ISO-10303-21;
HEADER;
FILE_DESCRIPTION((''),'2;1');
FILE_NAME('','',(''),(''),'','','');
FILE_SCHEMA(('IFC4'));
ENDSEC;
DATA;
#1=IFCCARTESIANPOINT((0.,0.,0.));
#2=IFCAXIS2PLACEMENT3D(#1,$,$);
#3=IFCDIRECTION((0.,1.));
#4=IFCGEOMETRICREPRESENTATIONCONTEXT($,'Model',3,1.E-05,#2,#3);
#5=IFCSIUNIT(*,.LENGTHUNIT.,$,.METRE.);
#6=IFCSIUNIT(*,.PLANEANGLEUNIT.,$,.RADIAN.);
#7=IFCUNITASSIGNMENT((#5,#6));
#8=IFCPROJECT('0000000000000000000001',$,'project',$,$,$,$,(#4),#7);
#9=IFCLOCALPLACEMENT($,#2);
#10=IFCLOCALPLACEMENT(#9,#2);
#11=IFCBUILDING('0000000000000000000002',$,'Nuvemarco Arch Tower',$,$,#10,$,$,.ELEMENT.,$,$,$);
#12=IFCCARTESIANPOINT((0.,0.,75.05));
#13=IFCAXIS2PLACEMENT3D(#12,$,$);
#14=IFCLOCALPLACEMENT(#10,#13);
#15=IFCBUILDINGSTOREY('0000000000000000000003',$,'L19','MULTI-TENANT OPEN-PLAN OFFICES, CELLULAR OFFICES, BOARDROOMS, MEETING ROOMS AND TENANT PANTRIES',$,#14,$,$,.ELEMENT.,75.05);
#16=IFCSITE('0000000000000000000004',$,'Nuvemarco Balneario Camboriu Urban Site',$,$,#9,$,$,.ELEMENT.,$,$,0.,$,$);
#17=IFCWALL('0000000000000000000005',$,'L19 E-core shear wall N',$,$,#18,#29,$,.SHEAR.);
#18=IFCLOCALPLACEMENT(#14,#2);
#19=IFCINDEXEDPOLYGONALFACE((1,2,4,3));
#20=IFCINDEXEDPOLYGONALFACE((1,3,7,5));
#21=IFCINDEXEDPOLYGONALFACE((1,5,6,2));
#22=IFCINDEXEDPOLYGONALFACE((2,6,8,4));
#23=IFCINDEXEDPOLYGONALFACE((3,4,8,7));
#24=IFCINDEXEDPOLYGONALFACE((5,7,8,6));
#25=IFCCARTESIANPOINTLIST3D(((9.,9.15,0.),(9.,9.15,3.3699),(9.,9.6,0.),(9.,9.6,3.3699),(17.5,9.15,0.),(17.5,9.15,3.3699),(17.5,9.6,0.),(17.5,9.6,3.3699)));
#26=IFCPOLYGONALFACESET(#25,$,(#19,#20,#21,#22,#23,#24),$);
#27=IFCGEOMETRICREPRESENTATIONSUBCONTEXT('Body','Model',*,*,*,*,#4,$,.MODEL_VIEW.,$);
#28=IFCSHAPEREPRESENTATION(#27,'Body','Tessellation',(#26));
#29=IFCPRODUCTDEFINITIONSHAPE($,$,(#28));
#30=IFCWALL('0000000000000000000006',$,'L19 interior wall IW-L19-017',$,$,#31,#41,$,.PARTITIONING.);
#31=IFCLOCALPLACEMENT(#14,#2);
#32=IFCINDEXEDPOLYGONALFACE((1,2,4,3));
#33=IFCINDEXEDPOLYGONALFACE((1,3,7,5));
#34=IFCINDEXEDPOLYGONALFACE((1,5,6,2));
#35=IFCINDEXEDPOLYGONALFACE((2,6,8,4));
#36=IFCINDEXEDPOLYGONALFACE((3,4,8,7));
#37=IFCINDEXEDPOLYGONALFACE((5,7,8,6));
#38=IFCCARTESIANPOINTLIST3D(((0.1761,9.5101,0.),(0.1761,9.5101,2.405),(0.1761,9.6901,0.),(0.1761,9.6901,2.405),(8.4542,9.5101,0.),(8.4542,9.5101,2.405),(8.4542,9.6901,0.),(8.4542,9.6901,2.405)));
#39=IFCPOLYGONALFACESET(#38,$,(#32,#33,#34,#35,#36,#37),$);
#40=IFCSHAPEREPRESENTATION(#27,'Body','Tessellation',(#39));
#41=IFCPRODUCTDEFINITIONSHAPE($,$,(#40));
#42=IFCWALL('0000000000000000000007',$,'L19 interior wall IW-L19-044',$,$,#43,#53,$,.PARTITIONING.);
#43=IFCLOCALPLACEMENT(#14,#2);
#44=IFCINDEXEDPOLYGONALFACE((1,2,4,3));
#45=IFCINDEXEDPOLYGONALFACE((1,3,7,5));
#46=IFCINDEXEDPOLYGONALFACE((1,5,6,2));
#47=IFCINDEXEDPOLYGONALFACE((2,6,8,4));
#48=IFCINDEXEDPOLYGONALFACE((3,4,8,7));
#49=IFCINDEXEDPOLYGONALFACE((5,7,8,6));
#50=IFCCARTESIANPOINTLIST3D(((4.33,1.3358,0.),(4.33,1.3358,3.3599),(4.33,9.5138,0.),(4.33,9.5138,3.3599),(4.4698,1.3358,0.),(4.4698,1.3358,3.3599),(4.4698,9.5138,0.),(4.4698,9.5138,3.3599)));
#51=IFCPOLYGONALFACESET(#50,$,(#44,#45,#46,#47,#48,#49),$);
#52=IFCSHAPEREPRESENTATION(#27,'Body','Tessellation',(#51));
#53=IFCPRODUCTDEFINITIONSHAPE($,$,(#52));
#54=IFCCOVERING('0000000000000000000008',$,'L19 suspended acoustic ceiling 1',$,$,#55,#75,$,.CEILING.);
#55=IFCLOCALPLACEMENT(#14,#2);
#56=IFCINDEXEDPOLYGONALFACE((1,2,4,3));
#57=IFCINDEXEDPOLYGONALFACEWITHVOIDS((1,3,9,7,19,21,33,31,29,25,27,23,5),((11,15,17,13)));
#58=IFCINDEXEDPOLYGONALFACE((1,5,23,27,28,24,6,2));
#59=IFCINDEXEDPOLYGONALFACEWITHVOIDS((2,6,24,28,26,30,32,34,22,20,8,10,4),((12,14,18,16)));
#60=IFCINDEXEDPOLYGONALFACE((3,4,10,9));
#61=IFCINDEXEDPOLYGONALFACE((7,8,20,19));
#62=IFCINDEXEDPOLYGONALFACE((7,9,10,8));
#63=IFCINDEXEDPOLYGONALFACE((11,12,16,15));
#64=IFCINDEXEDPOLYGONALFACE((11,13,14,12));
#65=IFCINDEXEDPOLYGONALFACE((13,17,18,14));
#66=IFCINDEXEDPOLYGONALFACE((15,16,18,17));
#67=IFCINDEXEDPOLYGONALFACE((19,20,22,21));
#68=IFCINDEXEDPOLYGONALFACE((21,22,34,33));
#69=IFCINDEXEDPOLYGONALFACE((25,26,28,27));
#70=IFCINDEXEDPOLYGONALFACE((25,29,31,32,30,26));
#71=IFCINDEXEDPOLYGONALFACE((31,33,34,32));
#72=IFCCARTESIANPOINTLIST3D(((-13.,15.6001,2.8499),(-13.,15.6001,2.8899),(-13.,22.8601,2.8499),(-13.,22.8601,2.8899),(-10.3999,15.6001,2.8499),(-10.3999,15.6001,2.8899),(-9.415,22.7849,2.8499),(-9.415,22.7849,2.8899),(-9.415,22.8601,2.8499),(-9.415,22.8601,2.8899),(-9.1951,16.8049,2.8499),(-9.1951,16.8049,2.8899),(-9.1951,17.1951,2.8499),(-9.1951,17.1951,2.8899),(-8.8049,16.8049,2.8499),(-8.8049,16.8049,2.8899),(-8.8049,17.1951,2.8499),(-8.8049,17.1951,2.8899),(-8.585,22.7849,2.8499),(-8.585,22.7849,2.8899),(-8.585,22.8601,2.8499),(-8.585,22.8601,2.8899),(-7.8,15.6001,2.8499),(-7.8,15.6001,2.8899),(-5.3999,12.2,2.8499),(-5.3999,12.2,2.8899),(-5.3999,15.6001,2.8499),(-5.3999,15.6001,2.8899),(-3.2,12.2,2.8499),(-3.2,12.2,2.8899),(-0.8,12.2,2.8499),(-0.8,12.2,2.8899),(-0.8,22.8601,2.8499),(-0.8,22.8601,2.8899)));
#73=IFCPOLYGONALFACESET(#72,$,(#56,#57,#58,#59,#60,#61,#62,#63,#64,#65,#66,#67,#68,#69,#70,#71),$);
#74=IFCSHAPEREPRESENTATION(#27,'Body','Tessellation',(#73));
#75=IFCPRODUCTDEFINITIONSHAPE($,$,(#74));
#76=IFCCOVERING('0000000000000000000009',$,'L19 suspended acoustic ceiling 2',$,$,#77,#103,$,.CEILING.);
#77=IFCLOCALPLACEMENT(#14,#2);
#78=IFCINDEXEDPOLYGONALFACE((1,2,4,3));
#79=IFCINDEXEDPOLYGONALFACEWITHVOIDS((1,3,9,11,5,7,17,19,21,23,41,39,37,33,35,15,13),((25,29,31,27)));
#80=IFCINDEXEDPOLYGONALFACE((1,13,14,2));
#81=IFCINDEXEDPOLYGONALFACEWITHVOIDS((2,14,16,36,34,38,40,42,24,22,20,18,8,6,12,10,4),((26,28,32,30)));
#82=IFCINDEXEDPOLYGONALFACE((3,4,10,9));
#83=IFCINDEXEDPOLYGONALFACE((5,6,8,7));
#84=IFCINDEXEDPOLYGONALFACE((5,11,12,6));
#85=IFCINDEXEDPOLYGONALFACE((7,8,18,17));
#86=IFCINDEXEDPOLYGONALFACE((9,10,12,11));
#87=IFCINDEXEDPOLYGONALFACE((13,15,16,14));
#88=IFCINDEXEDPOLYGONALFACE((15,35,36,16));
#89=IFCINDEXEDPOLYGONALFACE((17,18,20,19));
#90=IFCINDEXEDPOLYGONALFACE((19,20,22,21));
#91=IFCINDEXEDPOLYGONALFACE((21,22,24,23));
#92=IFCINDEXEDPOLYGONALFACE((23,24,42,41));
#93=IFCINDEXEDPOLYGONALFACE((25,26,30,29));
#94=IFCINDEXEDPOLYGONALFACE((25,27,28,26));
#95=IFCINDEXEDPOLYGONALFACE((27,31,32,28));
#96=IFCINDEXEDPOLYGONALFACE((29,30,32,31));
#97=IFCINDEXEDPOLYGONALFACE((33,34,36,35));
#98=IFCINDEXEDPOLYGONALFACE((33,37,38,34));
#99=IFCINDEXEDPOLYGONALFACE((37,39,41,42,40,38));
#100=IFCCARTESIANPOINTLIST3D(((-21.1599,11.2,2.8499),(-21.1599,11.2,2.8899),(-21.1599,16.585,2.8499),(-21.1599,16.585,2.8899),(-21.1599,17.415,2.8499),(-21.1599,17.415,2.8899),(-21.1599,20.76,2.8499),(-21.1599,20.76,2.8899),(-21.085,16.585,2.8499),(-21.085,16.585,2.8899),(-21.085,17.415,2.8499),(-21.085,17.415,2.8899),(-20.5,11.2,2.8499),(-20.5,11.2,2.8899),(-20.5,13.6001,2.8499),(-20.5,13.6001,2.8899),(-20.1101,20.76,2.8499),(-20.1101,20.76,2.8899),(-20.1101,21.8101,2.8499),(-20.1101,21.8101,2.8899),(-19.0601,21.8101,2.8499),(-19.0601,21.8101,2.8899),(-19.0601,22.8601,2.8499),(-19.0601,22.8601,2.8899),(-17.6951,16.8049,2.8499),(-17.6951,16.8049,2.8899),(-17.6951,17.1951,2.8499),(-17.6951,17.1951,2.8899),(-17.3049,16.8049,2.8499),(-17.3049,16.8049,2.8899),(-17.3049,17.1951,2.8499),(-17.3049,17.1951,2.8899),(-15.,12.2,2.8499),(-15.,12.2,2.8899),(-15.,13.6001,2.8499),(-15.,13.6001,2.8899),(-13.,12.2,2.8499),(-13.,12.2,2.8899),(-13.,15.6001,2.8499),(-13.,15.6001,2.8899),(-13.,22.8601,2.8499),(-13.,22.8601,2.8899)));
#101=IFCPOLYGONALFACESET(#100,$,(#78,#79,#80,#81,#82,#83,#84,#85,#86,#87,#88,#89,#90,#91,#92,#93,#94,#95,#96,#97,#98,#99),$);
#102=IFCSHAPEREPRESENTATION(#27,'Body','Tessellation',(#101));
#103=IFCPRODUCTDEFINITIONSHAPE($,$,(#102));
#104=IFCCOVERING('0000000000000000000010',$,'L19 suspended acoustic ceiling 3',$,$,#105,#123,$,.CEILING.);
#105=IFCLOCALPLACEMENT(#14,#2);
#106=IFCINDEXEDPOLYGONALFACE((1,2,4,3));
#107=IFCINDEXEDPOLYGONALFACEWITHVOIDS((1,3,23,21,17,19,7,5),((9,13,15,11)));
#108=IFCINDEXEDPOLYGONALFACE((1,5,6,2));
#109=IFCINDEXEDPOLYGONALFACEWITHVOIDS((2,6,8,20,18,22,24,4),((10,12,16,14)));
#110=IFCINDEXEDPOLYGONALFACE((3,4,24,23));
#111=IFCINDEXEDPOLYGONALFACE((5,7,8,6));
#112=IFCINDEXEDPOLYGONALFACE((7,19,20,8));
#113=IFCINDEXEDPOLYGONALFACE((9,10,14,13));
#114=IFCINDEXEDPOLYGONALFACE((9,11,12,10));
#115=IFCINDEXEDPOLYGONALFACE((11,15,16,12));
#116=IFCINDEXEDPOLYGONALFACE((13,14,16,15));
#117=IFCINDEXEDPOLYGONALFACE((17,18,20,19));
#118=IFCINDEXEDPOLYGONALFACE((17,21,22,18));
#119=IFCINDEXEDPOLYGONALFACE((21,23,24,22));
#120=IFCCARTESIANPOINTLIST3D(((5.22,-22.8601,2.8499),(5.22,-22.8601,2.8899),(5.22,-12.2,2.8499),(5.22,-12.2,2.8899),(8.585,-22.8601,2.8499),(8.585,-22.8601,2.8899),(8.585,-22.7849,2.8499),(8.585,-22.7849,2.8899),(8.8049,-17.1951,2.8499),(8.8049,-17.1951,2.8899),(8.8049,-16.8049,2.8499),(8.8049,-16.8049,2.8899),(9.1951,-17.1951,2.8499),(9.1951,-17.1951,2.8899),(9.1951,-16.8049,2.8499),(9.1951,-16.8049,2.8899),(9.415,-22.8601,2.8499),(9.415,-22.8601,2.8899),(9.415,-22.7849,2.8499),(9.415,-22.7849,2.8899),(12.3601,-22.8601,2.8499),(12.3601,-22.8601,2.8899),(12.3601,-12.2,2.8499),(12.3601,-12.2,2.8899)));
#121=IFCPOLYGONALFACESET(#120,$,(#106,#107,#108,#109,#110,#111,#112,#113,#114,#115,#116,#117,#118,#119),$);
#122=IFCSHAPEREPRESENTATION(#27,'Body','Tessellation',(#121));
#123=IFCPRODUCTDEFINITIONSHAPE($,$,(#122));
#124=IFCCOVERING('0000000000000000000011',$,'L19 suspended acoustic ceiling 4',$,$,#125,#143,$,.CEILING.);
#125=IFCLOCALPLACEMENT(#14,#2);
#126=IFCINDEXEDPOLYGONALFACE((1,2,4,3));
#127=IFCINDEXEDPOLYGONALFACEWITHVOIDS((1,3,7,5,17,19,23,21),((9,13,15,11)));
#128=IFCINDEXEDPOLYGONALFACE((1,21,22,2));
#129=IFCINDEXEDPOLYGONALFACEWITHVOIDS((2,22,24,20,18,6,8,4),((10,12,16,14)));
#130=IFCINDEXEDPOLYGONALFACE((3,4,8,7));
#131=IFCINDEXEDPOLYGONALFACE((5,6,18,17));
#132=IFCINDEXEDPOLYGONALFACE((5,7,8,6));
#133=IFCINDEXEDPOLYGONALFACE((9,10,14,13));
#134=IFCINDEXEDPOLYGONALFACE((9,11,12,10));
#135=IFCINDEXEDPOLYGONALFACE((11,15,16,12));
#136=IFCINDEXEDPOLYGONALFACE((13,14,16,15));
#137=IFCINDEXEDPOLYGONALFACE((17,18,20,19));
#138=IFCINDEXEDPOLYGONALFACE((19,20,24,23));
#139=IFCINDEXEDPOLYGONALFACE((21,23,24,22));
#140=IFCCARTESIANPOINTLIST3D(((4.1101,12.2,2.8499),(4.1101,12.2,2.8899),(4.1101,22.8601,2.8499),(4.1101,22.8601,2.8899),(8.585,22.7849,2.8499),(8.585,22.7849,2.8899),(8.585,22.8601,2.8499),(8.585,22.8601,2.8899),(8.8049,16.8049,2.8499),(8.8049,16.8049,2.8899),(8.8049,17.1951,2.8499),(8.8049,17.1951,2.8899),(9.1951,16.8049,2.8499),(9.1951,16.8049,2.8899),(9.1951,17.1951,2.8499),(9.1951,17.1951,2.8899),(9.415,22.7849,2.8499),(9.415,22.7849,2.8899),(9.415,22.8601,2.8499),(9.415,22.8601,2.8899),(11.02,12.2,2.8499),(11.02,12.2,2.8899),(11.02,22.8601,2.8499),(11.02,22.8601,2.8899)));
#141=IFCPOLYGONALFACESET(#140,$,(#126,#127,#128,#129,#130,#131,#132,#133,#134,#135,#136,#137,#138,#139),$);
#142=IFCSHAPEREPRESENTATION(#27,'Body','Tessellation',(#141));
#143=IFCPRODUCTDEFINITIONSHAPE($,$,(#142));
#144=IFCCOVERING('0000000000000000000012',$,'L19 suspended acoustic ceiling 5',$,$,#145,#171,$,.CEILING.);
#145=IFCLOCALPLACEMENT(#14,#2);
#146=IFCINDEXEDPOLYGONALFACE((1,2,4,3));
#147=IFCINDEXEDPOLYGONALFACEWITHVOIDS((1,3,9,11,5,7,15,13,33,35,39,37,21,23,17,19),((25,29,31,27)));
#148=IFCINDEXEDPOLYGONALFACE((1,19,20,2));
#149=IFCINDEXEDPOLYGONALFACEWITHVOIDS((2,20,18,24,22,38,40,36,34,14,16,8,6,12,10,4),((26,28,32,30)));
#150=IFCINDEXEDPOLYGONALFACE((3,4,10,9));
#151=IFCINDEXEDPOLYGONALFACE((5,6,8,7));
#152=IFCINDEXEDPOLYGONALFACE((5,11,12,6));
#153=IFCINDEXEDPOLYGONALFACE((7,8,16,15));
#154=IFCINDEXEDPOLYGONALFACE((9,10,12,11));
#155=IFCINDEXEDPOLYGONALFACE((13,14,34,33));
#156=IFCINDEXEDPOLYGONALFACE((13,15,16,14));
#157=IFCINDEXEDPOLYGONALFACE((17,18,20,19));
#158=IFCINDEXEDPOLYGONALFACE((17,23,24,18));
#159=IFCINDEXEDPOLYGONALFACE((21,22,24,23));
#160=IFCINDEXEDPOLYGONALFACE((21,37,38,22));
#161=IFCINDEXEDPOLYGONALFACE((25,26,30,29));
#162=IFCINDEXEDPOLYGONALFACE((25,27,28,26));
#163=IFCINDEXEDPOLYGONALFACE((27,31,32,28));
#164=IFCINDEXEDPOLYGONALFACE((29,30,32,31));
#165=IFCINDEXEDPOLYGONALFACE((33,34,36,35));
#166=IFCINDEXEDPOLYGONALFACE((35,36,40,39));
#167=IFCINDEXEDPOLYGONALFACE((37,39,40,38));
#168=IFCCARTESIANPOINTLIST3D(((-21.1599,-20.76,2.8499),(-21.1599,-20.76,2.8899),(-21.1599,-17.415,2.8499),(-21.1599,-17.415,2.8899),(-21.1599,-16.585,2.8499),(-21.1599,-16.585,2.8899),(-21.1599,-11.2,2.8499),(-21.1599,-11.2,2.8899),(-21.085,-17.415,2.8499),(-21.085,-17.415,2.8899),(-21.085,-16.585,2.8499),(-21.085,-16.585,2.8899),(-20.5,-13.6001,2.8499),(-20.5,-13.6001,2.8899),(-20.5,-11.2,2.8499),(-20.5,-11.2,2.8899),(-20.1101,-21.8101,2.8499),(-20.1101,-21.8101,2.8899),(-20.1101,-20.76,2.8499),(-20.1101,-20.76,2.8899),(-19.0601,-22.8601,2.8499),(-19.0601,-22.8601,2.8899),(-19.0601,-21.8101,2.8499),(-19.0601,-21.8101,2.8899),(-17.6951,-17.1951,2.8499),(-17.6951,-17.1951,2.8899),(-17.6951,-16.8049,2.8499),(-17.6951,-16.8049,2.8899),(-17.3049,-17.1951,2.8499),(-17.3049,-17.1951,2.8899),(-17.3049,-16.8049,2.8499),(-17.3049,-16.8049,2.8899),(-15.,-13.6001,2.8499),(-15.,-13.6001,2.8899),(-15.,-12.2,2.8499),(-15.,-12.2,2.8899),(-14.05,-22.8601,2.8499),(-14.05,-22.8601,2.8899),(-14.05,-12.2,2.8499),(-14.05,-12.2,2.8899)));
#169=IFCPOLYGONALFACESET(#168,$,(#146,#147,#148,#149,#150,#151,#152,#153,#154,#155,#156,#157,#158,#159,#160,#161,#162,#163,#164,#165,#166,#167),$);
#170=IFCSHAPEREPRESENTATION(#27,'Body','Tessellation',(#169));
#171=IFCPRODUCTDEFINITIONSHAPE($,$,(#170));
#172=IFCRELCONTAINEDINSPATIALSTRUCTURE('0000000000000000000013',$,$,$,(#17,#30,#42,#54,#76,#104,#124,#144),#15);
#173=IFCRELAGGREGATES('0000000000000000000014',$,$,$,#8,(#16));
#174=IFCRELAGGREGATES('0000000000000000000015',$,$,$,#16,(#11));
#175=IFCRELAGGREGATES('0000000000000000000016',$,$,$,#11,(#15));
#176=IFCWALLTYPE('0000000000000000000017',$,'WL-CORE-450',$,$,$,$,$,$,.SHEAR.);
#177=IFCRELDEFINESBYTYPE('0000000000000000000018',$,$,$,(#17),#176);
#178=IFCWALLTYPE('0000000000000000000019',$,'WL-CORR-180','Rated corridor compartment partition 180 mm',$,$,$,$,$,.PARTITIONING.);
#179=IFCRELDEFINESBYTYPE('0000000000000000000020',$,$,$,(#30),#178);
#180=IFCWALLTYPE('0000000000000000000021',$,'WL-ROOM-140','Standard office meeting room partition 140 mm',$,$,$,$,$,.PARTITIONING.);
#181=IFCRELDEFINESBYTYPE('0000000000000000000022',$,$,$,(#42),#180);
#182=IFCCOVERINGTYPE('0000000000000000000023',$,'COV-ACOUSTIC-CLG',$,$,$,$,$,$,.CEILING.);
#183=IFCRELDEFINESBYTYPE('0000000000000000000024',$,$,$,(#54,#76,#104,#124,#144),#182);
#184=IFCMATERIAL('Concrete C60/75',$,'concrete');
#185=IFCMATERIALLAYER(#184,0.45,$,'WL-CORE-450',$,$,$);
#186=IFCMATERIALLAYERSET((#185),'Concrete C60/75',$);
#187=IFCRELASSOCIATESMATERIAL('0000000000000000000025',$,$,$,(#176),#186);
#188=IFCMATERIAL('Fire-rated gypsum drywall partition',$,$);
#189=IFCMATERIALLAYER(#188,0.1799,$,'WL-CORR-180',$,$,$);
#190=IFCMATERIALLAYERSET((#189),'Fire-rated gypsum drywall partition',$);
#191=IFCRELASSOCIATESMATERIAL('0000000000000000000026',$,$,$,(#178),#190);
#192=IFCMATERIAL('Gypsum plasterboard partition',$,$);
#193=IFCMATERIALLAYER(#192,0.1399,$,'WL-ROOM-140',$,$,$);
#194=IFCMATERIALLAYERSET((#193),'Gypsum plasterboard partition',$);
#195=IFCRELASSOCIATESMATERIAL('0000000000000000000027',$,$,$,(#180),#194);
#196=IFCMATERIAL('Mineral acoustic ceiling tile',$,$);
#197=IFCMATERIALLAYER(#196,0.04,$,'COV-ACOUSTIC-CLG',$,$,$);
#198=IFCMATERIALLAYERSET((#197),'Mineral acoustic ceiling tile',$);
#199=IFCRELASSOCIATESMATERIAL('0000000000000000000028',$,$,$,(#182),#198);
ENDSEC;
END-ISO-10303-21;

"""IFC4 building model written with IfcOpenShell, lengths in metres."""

from ifc_helpers import new_model, si_unit, direction, frame, frame_2d, origin, place, context, subcontext, project, spatial, polyline, rectangle, outline, extrude, material, layer, layer_set, type_object, element, save


model = new_model("IFC4")

# Units and contexts
model_context = context("Model", 3, precision=1e-05, world=origin(), true_north=direction((0.0, 1.0)))
body_context = subcontext(model_context, "Body", "Model", "MODEL_VIEW")
ifc_project = project(units=[si_unit("LENGTHUNIT", "METRE"), si_unit("PLANEANGLEUNIT", "RADIAN")], contexts=[model_context])

# Site, building, storey
site_placement = place(None, origin())
site = spatial("IfcSite", under=ifc_project, at=site_placement, Name="Nuvemarco Balneario Camboriu Urban Site", CompositionType="ELEMENT", RefElevation=0.0)
building_placement = place(site_placement, origin())
building = spatial("IfcBuilding", under=site, at=building_placement, Name="Nuvemarco Arch Tower", CompositionType="ELEMENT")
storey_placement = place(building_placement, frame((0.0, 0.0, 75.05)))
storey = spatial("IfcBuildingStorey", under=building, at=storey_placement, Name="L19", Description="MULTI-TENANT OPEN-PLAN OFFICES, CELLULAR OFFICES, BOARDROOMS, MEETING ROOMS AND TENANT PANTRIES", CompositionType="ELEMENT", Elevation=75.05)

# Shared definitions
ifc_material_1 = material(Name="Concrete C60/75", Category="concrete")

# Walls
ifc_layer_1 = layer(ifc_material_1, 0.45, Name="WL-CORE-450")
ifc_layer_set_1 = layer_set([ifc_layer_1], Name="Concrete C60/75")
wall_type_1 = type_object("IfcWallType", Name="WL-CORE-450", PredefinedType="SHEAR", material=ifc_layer_set_1)
wall_1_placement = place(storey_placement, frame((9.0, 9.375, 0.0), z_axis=(0.0, 0.0, 1.0), x_axis=(1.0, 0.0, 0.0)))
element("IfcWall", 1, at=wall_1_placement, inside=storey, type_object=wall_type_1, Name="L19 E-core shear wall N", PredefinedType="SHEAR", context=body_context, shape_type="SweptSolid", body=[
    extrude(rectangle(XDim=8.5, YDim=0.45, at=frame_2d((4.25, 0.0))), origin(), (0.0, 0.0, 1.0), 3.3699),
])
ifc_material_2 = material(Name="Fire-rated gypsum drywall partition")
ifc_layer_2 = layer(ifc_material_2, 0.1799, Name="WL-CORR-180")
ifc_layer_set_2 = layer_set([ifc_layer_2], Name="Fire-rated gypsum drywall partition")
wall_type_2 = type_object("IfcWallType", Name="WL-CORR-180", Description="Rated corridor compartment partition 180 mm", PredefinedType="PARTITIONING", material=ifc_layer_set_2)
wall_2_placement = place(storey_placement, frame((0.176, 9.6001, 0.0), z_axis=(0.0, 0.0, 1.0), x_axis=(1.0, 0.0, 0.0)))
element("IfcWall", 2, at=wall_2_placement, inside=storey, type_object=wall_type_2, Name="L19 interior wall IW-L19-017", PredefinedType="PARTITIONING", context=body_context, shape_type="SweptSolid", body=[
    extrude(rectangle(XDim=8.2781, YDim=0.1799, at=frame_2d((4.1392, 0.0))), origin(), (0.0, 0.0, 1.0), 2.405),
])
ifc_material_3 = material(Name="Gypsum plasterboard partition")
ifc_layer_3 = layer(ifc_material_3, 0.1399, Name="WL-ROOM-140")
ifc_layer_set_3 = layer_set([ifc_layer_3], Name="Gypsum plasterboard partition")
wall_type_3 = type_object("IfcWallType", Name="WL-ROOM-140", Description="Standard office meeting room partition 140 mm", PredefinedType="PARTITIONING", material=ifc_layer_set_3)
wall_3_placement = place(storey_placement, frame((4.3999, 1.3359, 0.0), z_axis=(0.0, 0.0, 1.0), x_axis=(0.0, 1.0, 0.0)))
element("IfcWall", 3, at=wall_3_placement, inside=storey, type_object=wall_type_3, Name="L19 interior wall IW-L19-044", PredefinedType="PARTITIONING", context=body_context, shape_type="SweptSolid", body=[
    extrude(rectangle(XDim=8.178, YDim=0.1399, at=frame_2d((4.0889, 0.0))), origin(), (0.0, 0.0, 1.0), 3.3599),
])

# Coverings
ifc_material_4 = material(Name="Mineral acoustic ceiling tile")
ifc_layer_4 = layer(ifc_material_4, 0.04, Name="COV-ACOUSTIC-CLG")
ifc_layer_set_4 = layer_set([ifc_layer_4], Name="Mineral acoustic ceiling tile")
covering_type_1 = type_object("IfcCoveringType", Name="COV-ACOUSTIC-CLG", PredefinedType="CEILING", material=ifc_layer_set_4)
covering_1_placement = place(storey_placement, frame((0.0, 0.0, 2.8499)))
element("IfcCovering", 4, at=covering_1_placement, inside=storey, type_object=covering_type_1, Name="L19 suspended acoustic ceiling 1", PredefinedType="CEILING", context=body_context, shape_type="SweptSolid", body=[
    extrude(outline(polyline([(-10.3999, 15.6001), (-13.0, 15.6001), (-13.0, 22.8601), (-9.415, 22.8601), (-9.415, 22.7849), (-8.585, 22.7849), (-8.585, 22.8601), (-0.8, 22.8601), (-0.8, 12.2), (-3.2, 12.2), (-5.3999, 12.2), (-5.3999, 15.6001), (-7.8, 15.6001), (-10.3999, 15.6001)]), holes=[polyline([(-8.8049, 16.8049), (-8.8049, 17.1951), (-9.1951, 17.1951), (-9.1951, 16.8049), (-8.8049, 16.8049)])]), origin(), (0.0, 0.0, 1.0), 0.04),
])
covering_2_placement = place(storey_placement, frame((0.0, 0.0, 2.8499)))
element("IfcCovering", 5, at=covering_2_placement, inside=storey, type_object=covering_type_1, Name="L19 suspended acoustic ceiling 2", PredefinedType="CEILING", context=body_context, shape_type="SweptSolid", body=[
    extrude(outline(polyline([(-21.1599, 11.2), (-21.1599, 16.585), (-21.085, 16.585), (-21.085, 17.415), (-21.1599, 17.415), (-21.1599, 20.76), (-20.1101, 20.76), (-20.1101, 21.8101), (-19.0601, 21.8101), (-19.0601, 22.8601), (-13.0, 22.8601), (-13.0, 15.6001), (-13.0, 12.2), (-15.0, 12.2), (-15.0, 13.6001), (-20.5, 13.6001), (-20.5, 11.2), (-21.1599, 11.2)]), holes=[polyline([(-17.3049, 16.8049), (-17.3049, 17.1951), (-17.6951, 17.1951), (-17.6951, 16.8049), (-17.3049, 16.8049)])]), origin(), (0.0, 0.0, 1.0), 0.04),
])
covering_3_placement = place(storey_placement, frame((0.0, 0.0, 2.8499)))
element("IfcCovering", 6, at=covering_3_placement, inside=storey, type_object=covering_type_1, Name="L19 suspended acoustic ceiling 3", PredefinedType="CEILING", context=body_context, shape_type="SweptSolid", body=[
    extrude(outline(polyline([(9.415, -22.8601), (9.415, -22.7849), (8.585, -22.7849), (8.585, -22.8601), (5.22, -22.8601), (5.22, -12.2), (12.3601, -12.2), (12.3601, -22.8601), (9.415, -22.8601)]), holes=[polyline([(9.1951, -17.1951), (9.1951, -16.8049), (8.8049, -16.8049), (8.8049, -17.1951), (9.1951, -17.1951)])]), origin(), (0.0, 0.0, 1.0), 0.04),
])
covering_4_placement = place(storey_placement, frame((0.0, 0.0, 2.8499)))
element("IfcCovering", 7, at=covering_4_placement, inside=storey, type_object=covering_type_1, Name="L19 suspended acoustic ceiling 4", PredefinedType="CEILING", context=body_context, shape_type="SweptSolid", body=[
    extrude(outline(polyline([(11.02, 12.2), (4.1101, 12.2), (4.1101, 22.8601), (8.585, 22.8601), (8.585, 22.7849), (9.415, 22.7849), (9.415, 22.8601), (11.02, 22.8601), (11.02, 12.2)]), holes=[polyline([(9.1951, 17.1951), (8.8049, 17.1951), (8.8049, 16.8049), (9.1951, 16.8049), (9.1951, 17.1951)])]), origin(), (0.0, 0.0, 1.0), 0.04),
])
covering_5_placement = place(storey_placement, frame((0.0, 0.0, 2.8499)))
element("IfcCovering", 8, at=covering_5_placement, inside=storey, type_object=covering_type_1, Name="L19 suspended acoustic ceiling 5", PredefinedType="CEILING", context=body_context, shape_type="SweptSolid", body=[
    extrude(outline(polyline([(-21.1599, -20.76), (-21.1599, -17.415), (-21.085, -17.415), (-21.085, -16.585), (-21.1599, -16.585), (-21.1599, -11.2), (-20.5, -11.2), (-20.5, -13.6001), (-15.0, -13.6001), (-15.0, -12.2), (-14.05, -12.2), (-14.05, -22.8601), (-19.0601, -22.8601), (-19.0601, -21.8101), (-20.1101, -21.8101), (-20.1101, -20.76), (-21.1599, -20.76)]), holes=[polyline([(-17.3049, -16.8049), (-17.6951, -16.8049), (-17.6951, -17.1951), (-17.3049, -17.1951), (-17.3049, -16.8049)])]), origin(), (0.0, 0.0, 1.0), 0.04),
])

save(model, "model.ifc")
